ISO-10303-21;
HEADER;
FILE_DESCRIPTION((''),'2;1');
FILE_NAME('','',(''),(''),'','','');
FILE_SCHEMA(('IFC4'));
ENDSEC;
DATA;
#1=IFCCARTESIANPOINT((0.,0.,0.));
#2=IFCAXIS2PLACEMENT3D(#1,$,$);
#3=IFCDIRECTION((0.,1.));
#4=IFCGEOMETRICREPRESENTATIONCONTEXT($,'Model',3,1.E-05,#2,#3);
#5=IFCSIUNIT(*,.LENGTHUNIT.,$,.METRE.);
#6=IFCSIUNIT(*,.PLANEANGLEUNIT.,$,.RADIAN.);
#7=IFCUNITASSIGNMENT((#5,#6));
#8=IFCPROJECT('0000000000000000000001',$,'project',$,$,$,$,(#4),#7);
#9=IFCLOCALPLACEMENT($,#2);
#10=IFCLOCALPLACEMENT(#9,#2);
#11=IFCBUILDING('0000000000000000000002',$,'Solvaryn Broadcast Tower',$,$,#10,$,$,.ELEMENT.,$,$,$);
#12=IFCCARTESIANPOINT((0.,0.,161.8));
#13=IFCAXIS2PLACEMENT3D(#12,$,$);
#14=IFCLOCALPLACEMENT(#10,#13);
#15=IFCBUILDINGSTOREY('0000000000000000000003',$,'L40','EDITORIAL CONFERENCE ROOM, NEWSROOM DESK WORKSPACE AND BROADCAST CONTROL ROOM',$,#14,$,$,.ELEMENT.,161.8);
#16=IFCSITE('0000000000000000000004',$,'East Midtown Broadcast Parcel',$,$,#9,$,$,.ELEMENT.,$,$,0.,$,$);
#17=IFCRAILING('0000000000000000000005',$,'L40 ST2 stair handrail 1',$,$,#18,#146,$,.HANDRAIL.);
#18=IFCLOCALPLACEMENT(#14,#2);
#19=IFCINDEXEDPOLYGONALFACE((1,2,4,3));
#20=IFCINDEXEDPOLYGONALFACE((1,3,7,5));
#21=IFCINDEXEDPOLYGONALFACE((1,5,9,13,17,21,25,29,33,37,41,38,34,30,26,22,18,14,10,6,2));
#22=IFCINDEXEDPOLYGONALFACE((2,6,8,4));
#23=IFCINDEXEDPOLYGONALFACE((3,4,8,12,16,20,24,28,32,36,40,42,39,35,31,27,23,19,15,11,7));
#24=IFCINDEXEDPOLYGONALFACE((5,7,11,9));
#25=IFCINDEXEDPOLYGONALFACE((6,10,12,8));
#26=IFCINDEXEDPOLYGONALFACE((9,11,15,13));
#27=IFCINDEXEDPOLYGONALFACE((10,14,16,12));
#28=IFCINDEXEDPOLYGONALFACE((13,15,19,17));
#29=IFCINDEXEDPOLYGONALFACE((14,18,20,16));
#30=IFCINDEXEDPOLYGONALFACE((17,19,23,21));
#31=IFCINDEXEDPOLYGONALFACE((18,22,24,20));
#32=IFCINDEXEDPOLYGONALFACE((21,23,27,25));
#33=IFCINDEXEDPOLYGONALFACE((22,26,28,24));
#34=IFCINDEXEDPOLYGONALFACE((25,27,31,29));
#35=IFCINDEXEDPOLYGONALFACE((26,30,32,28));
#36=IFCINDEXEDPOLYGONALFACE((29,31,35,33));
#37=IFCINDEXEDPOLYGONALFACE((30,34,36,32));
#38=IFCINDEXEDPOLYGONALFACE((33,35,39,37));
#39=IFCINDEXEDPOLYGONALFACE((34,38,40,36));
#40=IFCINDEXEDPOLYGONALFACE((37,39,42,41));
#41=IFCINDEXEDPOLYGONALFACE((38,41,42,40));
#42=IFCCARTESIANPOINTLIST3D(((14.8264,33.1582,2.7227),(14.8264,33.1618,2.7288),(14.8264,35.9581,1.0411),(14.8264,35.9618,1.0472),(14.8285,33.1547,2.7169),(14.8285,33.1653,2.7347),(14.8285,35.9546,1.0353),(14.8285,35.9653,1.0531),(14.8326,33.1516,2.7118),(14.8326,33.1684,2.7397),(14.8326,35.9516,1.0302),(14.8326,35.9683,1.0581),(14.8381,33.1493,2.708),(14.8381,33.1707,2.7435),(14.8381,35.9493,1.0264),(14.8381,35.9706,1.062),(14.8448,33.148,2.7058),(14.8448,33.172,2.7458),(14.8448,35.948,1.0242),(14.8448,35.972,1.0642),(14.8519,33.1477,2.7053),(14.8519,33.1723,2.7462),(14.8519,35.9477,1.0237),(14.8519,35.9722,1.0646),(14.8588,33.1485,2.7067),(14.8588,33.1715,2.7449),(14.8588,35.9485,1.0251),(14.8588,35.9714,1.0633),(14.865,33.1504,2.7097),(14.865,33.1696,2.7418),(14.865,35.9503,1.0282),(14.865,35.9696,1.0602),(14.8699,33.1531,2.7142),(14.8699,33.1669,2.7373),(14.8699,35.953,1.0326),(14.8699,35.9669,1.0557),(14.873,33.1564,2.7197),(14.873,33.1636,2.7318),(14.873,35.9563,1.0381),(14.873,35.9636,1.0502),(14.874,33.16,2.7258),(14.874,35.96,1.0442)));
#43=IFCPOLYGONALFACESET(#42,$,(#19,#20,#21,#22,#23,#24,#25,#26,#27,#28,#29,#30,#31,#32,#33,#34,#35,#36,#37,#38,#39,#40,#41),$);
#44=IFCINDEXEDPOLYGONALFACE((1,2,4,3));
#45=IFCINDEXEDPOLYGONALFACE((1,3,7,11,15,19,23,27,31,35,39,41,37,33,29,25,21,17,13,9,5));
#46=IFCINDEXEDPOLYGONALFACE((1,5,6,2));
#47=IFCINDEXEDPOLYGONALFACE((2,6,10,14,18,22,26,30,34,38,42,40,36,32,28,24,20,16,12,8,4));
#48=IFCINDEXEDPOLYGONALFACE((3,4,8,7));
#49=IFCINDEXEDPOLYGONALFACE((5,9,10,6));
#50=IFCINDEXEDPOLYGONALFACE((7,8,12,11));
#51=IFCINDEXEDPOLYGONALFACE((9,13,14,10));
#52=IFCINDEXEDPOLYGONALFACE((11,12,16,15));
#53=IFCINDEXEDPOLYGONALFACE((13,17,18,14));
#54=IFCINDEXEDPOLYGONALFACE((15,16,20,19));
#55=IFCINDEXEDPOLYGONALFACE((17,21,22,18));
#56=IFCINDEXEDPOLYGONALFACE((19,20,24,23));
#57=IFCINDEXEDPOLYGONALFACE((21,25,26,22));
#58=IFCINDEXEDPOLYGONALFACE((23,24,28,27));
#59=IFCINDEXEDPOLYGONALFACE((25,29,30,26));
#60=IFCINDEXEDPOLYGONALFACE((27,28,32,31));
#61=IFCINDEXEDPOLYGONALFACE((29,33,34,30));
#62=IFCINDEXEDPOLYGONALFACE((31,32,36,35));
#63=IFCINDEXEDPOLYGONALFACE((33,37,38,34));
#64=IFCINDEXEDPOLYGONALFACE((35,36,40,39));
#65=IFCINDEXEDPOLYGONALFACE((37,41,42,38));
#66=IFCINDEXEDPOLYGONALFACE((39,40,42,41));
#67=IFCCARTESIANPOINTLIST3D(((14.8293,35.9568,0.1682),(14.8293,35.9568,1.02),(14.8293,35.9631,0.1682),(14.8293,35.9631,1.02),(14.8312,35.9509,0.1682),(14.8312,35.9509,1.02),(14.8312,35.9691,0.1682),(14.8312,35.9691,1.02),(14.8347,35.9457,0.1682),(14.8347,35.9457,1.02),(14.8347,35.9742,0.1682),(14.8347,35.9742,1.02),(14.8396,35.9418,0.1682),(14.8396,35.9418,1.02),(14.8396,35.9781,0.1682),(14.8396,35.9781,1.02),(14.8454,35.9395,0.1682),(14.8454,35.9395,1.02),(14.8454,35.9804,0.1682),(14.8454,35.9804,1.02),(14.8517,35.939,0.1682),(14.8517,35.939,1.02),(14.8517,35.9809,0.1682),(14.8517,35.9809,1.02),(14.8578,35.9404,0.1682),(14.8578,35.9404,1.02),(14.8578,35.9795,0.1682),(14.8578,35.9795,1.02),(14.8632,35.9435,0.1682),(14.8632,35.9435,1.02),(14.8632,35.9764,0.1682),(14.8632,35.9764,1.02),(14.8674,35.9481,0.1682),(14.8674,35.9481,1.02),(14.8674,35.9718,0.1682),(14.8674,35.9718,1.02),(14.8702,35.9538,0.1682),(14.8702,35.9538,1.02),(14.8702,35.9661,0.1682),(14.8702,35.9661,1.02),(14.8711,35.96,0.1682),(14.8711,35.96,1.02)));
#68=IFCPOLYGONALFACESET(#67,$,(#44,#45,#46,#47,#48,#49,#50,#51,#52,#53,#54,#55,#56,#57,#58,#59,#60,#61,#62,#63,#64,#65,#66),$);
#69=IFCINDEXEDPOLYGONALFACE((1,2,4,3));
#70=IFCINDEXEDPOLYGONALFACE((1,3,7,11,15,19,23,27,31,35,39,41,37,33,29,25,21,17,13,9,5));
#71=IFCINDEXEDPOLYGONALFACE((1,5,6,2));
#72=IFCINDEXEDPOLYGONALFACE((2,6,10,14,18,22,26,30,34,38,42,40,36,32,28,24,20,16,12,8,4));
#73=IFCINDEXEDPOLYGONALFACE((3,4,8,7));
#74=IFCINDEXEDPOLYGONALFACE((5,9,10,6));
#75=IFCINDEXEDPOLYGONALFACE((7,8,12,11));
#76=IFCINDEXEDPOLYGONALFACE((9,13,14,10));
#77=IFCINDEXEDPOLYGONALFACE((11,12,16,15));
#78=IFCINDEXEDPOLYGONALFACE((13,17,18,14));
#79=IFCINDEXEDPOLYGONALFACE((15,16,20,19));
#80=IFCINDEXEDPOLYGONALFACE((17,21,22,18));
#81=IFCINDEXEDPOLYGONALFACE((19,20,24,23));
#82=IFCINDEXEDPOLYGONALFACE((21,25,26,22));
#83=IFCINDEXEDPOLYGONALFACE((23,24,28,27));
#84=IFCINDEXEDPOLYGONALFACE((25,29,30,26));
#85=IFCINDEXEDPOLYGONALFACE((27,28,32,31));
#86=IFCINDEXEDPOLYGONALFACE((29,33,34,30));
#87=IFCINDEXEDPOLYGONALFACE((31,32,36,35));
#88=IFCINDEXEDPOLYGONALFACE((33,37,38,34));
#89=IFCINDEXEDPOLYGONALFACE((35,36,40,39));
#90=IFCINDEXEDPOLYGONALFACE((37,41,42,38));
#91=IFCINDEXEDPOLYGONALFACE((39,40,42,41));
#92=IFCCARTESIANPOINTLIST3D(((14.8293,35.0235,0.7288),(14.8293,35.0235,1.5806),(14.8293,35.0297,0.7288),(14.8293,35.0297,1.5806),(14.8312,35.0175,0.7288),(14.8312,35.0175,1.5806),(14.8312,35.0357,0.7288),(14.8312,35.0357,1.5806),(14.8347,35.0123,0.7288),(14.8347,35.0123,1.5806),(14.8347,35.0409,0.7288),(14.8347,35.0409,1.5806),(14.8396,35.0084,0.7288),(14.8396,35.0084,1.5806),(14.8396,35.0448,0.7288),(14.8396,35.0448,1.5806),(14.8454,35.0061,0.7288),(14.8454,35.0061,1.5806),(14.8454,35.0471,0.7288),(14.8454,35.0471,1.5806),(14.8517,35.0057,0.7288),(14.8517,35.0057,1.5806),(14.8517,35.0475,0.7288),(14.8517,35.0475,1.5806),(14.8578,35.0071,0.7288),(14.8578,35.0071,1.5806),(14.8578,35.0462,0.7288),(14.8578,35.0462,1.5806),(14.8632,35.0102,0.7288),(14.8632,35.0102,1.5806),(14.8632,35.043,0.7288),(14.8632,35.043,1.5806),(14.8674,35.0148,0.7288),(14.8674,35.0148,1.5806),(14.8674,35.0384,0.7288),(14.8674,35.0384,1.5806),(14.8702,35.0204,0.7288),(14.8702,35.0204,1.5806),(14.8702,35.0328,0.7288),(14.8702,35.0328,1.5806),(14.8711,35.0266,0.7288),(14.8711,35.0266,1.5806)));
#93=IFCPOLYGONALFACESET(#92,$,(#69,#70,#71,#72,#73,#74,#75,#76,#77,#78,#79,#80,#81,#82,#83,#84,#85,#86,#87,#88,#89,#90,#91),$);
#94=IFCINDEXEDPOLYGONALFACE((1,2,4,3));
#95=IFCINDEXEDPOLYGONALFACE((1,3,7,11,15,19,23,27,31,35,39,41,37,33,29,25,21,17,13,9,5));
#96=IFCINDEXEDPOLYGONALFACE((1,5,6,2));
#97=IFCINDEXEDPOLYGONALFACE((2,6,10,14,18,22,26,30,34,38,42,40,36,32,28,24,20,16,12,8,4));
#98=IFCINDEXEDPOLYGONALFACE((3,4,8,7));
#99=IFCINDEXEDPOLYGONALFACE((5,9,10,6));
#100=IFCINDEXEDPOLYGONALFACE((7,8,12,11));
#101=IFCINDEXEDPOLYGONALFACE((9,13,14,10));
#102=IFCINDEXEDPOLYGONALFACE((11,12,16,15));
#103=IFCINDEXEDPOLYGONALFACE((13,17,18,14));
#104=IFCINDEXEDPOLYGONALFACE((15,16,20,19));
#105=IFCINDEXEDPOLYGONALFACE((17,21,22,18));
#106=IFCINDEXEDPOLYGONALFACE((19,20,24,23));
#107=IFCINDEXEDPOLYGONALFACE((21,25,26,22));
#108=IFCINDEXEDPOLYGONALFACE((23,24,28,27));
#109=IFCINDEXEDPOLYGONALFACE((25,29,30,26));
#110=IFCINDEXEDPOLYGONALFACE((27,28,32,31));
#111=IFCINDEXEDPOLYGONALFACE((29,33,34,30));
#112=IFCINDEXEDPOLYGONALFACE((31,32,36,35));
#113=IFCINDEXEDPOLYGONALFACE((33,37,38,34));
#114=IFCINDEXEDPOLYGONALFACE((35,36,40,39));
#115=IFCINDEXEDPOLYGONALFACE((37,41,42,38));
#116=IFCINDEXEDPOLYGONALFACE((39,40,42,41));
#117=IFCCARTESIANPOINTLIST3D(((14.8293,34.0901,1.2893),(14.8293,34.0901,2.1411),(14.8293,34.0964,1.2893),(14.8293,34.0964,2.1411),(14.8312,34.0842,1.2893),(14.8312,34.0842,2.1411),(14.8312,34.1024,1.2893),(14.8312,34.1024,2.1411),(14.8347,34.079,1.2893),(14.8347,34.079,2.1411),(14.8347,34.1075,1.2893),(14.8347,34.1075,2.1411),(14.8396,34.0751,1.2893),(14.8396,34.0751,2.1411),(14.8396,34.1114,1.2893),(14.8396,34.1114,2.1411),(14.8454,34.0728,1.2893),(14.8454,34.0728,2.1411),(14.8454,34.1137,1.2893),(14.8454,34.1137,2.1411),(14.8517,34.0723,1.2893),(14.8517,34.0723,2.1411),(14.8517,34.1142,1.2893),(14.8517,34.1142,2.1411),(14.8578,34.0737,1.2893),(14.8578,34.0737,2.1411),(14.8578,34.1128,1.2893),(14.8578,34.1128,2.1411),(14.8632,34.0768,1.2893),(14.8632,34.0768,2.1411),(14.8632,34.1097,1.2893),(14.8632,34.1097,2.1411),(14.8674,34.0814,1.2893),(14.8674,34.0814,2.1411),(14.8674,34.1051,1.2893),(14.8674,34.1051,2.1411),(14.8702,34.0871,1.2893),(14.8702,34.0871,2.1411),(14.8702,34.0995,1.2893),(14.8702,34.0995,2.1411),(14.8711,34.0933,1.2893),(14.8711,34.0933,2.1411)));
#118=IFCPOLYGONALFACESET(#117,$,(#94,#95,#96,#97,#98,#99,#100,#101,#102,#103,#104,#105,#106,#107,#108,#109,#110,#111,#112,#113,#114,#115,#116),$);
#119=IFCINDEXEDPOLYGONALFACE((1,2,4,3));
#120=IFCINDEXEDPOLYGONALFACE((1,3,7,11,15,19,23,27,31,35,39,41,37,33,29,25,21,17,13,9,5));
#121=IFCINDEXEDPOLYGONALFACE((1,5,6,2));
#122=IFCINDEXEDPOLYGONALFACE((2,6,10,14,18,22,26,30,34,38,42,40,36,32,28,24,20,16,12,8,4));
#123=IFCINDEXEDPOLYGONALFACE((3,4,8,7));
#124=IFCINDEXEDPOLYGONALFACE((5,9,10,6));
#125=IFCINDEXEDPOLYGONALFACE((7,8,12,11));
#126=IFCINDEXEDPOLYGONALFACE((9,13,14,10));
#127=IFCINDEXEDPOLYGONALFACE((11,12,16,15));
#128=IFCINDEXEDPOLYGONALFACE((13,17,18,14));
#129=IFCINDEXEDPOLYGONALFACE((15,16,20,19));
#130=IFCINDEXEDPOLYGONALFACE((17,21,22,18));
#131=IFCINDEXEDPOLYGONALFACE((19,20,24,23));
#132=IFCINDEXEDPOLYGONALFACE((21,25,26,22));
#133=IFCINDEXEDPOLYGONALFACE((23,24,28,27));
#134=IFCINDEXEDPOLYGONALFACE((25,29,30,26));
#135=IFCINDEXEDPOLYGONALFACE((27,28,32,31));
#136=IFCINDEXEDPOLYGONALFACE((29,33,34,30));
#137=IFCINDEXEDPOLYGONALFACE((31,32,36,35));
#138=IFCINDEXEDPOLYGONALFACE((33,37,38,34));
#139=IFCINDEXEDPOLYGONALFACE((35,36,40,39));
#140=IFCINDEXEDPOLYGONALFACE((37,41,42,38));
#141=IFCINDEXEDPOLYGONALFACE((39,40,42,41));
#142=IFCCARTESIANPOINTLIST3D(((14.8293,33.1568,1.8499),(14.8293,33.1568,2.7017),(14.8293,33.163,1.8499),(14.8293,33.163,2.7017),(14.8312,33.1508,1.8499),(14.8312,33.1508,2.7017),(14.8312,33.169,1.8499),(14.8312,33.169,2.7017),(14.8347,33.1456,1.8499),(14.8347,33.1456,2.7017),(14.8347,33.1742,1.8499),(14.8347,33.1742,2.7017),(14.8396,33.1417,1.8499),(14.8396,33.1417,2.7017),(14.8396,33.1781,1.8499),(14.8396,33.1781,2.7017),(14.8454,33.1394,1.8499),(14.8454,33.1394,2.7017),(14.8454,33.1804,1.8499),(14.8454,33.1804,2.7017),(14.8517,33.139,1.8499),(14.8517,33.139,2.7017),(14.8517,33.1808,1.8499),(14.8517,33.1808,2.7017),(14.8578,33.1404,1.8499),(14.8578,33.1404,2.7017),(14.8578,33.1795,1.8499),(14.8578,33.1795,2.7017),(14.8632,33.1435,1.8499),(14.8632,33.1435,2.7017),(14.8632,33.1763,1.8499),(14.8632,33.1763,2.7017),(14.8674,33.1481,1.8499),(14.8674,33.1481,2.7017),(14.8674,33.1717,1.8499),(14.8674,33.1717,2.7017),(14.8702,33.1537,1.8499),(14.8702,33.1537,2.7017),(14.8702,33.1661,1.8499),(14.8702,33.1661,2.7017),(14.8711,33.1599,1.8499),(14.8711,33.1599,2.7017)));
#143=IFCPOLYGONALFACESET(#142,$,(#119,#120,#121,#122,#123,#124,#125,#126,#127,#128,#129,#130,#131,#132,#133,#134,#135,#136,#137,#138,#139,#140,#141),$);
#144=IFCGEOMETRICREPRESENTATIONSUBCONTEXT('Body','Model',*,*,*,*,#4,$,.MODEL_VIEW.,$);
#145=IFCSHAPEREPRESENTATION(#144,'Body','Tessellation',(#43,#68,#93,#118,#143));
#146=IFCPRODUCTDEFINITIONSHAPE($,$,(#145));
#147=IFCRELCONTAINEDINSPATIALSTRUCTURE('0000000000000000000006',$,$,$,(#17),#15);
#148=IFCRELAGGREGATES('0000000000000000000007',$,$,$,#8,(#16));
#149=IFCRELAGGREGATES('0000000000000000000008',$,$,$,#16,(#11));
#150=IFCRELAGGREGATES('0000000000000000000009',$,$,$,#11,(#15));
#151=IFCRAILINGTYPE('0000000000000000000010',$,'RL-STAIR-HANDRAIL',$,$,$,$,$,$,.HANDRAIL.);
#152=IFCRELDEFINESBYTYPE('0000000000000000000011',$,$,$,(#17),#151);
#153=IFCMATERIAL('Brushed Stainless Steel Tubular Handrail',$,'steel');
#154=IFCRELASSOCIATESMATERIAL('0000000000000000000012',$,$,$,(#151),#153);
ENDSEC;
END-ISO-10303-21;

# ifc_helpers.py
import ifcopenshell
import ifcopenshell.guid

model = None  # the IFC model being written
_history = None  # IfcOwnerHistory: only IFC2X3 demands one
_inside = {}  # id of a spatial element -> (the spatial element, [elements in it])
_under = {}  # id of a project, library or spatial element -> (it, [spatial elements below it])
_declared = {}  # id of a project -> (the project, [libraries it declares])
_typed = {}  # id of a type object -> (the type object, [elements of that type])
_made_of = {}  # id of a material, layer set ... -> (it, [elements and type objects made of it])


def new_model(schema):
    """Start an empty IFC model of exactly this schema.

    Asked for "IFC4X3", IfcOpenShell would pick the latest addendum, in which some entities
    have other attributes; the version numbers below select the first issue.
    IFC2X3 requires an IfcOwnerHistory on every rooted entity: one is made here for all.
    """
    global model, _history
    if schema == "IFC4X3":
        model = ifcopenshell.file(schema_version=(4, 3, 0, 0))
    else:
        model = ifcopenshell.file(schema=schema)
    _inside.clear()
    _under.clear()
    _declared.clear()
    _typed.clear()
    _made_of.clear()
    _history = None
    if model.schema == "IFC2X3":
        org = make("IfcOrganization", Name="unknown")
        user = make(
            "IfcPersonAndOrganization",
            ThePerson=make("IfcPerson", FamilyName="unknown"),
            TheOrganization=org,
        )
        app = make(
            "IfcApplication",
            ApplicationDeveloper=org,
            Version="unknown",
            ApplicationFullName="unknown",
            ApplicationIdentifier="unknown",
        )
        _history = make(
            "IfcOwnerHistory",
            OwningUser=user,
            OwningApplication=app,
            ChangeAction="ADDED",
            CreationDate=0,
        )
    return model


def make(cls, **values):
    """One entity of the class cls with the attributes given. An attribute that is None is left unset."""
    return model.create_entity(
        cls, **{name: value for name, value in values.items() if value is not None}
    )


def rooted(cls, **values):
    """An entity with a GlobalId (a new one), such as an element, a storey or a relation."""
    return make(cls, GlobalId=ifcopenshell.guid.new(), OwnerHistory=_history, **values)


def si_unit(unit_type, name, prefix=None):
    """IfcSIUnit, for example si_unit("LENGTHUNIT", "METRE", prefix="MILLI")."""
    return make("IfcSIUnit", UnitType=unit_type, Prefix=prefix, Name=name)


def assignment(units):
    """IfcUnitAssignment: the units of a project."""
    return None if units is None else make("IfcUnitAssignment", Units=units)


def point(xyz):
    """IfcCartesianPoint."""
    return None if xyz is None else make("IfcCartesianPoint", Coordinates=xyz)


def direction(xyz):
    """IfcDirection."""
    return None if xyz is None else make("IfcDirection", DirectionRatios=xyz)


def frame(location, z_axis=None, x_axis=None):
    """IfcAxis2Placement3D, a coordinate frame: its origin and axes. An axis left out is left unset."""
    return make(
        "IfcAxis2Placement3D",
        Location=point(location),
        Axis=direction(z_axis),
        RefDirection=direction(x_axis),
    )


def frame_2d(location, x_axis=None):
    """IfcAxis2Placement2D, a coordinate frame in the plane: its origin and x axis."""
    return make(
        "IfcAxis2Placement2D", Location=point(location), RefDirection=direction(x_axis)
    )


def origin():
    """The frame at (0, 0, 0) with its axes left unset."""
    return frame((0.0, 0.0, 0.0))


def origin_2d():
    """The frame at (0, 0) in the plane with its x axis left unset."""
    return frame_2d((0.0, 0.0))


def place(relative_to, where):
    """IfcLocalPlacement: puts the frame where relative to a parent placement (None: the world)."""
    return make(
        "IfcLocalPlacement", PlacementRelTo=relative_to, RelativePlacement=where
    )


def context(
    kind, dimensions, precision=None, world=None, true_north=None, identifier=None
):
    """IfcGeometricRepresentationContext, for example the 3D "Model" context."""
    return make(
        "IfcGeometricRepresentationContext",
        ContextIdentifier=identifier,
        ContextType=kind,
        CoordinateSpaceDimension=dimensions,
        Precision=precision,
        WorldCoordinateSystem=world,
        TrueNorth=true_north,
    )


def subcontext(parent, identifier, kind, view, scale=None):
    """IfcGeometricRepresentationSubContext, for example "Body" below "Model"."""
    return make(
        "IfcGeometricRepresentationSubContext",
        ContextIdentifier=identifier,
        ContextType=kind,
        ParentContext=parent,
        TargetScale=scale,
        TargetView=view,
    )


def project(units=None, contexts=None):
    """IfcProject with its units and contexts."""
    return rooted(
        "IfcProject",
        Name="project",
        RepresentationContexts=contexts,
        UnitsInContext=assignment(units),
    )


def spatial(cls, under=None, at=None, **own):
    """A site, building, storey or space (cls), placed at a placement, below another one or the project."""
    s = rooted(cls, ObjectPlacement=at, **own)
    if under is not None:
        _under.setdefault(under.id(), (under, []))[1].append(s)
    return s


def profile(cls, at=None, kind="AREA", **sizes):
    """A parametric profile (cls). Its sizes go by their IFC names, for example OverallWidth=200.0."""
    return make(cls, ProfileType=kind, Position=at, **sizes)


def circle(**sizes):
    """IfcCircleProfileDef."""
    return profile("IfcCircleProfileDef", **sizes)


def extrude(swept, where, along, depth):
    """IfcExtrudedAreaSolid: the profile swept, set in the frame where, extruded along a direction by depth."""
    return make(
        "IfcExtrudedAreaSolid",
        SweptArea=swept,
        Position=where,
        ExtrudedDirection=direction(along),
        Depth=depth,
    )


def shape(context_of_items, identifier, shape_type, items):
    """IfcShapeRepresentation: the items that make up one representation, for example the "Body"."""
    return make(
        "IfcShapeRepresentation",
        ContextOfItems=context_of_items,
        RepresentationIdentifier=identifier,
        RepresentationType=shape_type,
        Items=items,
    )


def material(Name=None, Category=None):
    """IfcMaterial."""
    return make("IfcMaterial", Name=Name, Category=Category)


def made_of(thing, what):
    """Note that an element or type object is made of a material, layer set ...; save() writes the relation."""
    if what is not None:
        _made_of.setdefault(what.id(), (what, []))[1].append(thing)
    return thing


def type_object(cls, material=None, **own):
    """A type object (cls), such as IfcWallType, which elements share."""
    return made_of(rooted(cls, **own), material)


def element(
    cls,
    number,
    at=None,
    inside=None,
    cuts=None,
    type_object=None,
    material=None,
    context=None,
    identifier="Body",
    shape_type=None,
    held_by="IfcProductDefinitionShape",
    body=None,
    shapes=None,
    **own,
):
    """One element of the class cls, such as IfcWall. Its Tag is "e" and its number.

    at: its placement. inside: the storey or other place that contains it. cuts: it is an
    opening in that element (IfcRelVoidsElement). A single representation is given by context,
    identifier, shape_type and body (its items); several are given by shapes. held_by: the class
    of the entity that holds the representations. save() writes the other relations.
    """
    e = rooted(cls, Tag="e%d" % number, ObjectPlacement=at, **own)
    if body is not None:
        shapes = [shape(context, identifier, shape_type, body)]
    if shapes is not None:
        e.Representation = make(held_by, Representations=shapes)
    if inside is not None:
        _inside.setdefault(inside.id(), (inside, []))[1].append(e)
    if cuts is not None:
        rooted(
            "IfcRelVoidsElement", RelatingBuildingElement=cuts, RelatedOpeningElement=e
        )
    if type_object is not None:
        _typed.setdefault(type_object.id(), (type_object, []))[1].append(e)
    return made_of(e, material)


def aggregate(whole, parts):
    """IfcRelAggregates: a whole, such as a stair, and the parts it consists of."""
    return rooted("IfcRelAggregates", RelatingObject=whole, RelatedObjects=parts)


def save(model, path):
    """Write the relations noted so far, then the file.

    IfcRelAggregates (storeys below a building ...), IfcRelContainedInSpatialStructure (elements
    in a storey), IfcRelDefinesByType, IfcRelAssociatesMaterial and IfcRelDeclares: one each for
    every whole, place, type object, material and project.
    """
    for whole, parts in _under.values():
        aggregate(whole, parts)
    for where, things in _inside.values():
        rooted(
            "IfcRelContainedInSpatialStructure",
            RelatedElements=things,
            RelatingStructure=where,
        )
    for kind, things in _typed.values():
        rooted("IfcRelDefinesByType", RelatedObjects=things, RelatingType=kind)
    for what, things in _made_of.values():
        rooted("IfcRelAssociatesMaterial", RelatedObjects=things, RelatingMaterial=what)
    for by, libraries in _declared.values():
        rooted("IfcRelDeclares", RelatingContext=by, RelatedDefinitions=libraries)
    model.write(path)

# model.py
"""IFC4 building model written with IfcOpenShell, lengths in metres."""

from ifc_helpers import new_model, si_unit, direction, frame, origin, origin_2d, place, context, subcontext, project, spatial, circle, extrude, material, type_object, element, save


model = new_model("IFC4")

# Units and contexts
model_context = context("Model", 3, precision=1e-05, world=origin(), true_north=direction((0.0, 1.0)))
body_context = subcontext(model_context, "Body", "Model", "MODEL_VIEW")
ifc_project = project(units=[si_unit("LENGTHUNIT", "METRE"), si_unit("PLANEANGLEUNIT", "RADIAN")], contexts=[model_context])

# Site, building, storey
site_placement = place(None, origin())
site = spatial("IfcSite", under=ifc_project, at=site_placement, Name="East Midtown Broadcast Parcel", CompositionType="ELEMENT", RefElevation=0.0)
building_placement = place(site_placement, origin())
building = spatial("IfcBuilding", under=site, at=building_placement, Name="Solvaryn Broadcast Tower", CompositionType="ELEMENT")
storey_placement = place(building_placement, frame((0.0, 0.0, 161.8)))
storey = spatial("IfcBuildingStorey", under=building, at=storey_placement, Name="L40", Description="EDITORIAL CONFERENCE ROOM, NEWSROOM DESK WORKSPACE AND BROADCAST CONTROL ROOM", CompositionType="ELEMENT", Elevation=161.8)

# Railing
ifc_material_1 = material(Name="Brushed Stainless Steel Tubular Handrail", Category="steel")
railing_type_1 = type_object("IfcRailingType", Name="RL-STAIR-HANDRAIL", PredefinedType="HANDRAIL", material=ifc_material_1)
railing_1_placement = place(storey_placement, frame((14.8501, 35.96, 0.1682)))
element("IfcRailing", 1, at=railing_1_placement, inside=storey, type_object=railing_type_1, Name="L40 ST2 stair handrail 1", PredefinedType="HANDRAIL", context=body_context, shape_type="SweptSolid", body=[
    extrude(circle(Radius=0.0239, at=origin_2d()), frame((0.0, 0.0, 0.876), z_axis=(0.0, -0.857275, 0.514858), x_axis=(1.0, 0.0, 0.0)), (0.0, 0.0, 1.0), 3.2661),
    extrude(circle(Radius=0.021, at=origin_2d()), origin(), (0.0, 0.0, 1.0), 0.8518),
    extrude(circle(Radius=0.021, at=origin_2d()), frame((0.0, -0.9333, 0.5605)), (0.0, 0.0, 1.0), 0.8518),
    extrude(circle(Radius=0.021, at=origin_2d()), frame((0.0, -1.8667, 1.1211)), (0.0, 0.0, 1.0), 0.8518),
    extrude(circle(Radius=0.021, at=origin_2d()), frame((0.0, -2.8, 1.6816)), (0.0, 0.0, 1.0), 0.8518),
])

save(model, "model.ifc")
